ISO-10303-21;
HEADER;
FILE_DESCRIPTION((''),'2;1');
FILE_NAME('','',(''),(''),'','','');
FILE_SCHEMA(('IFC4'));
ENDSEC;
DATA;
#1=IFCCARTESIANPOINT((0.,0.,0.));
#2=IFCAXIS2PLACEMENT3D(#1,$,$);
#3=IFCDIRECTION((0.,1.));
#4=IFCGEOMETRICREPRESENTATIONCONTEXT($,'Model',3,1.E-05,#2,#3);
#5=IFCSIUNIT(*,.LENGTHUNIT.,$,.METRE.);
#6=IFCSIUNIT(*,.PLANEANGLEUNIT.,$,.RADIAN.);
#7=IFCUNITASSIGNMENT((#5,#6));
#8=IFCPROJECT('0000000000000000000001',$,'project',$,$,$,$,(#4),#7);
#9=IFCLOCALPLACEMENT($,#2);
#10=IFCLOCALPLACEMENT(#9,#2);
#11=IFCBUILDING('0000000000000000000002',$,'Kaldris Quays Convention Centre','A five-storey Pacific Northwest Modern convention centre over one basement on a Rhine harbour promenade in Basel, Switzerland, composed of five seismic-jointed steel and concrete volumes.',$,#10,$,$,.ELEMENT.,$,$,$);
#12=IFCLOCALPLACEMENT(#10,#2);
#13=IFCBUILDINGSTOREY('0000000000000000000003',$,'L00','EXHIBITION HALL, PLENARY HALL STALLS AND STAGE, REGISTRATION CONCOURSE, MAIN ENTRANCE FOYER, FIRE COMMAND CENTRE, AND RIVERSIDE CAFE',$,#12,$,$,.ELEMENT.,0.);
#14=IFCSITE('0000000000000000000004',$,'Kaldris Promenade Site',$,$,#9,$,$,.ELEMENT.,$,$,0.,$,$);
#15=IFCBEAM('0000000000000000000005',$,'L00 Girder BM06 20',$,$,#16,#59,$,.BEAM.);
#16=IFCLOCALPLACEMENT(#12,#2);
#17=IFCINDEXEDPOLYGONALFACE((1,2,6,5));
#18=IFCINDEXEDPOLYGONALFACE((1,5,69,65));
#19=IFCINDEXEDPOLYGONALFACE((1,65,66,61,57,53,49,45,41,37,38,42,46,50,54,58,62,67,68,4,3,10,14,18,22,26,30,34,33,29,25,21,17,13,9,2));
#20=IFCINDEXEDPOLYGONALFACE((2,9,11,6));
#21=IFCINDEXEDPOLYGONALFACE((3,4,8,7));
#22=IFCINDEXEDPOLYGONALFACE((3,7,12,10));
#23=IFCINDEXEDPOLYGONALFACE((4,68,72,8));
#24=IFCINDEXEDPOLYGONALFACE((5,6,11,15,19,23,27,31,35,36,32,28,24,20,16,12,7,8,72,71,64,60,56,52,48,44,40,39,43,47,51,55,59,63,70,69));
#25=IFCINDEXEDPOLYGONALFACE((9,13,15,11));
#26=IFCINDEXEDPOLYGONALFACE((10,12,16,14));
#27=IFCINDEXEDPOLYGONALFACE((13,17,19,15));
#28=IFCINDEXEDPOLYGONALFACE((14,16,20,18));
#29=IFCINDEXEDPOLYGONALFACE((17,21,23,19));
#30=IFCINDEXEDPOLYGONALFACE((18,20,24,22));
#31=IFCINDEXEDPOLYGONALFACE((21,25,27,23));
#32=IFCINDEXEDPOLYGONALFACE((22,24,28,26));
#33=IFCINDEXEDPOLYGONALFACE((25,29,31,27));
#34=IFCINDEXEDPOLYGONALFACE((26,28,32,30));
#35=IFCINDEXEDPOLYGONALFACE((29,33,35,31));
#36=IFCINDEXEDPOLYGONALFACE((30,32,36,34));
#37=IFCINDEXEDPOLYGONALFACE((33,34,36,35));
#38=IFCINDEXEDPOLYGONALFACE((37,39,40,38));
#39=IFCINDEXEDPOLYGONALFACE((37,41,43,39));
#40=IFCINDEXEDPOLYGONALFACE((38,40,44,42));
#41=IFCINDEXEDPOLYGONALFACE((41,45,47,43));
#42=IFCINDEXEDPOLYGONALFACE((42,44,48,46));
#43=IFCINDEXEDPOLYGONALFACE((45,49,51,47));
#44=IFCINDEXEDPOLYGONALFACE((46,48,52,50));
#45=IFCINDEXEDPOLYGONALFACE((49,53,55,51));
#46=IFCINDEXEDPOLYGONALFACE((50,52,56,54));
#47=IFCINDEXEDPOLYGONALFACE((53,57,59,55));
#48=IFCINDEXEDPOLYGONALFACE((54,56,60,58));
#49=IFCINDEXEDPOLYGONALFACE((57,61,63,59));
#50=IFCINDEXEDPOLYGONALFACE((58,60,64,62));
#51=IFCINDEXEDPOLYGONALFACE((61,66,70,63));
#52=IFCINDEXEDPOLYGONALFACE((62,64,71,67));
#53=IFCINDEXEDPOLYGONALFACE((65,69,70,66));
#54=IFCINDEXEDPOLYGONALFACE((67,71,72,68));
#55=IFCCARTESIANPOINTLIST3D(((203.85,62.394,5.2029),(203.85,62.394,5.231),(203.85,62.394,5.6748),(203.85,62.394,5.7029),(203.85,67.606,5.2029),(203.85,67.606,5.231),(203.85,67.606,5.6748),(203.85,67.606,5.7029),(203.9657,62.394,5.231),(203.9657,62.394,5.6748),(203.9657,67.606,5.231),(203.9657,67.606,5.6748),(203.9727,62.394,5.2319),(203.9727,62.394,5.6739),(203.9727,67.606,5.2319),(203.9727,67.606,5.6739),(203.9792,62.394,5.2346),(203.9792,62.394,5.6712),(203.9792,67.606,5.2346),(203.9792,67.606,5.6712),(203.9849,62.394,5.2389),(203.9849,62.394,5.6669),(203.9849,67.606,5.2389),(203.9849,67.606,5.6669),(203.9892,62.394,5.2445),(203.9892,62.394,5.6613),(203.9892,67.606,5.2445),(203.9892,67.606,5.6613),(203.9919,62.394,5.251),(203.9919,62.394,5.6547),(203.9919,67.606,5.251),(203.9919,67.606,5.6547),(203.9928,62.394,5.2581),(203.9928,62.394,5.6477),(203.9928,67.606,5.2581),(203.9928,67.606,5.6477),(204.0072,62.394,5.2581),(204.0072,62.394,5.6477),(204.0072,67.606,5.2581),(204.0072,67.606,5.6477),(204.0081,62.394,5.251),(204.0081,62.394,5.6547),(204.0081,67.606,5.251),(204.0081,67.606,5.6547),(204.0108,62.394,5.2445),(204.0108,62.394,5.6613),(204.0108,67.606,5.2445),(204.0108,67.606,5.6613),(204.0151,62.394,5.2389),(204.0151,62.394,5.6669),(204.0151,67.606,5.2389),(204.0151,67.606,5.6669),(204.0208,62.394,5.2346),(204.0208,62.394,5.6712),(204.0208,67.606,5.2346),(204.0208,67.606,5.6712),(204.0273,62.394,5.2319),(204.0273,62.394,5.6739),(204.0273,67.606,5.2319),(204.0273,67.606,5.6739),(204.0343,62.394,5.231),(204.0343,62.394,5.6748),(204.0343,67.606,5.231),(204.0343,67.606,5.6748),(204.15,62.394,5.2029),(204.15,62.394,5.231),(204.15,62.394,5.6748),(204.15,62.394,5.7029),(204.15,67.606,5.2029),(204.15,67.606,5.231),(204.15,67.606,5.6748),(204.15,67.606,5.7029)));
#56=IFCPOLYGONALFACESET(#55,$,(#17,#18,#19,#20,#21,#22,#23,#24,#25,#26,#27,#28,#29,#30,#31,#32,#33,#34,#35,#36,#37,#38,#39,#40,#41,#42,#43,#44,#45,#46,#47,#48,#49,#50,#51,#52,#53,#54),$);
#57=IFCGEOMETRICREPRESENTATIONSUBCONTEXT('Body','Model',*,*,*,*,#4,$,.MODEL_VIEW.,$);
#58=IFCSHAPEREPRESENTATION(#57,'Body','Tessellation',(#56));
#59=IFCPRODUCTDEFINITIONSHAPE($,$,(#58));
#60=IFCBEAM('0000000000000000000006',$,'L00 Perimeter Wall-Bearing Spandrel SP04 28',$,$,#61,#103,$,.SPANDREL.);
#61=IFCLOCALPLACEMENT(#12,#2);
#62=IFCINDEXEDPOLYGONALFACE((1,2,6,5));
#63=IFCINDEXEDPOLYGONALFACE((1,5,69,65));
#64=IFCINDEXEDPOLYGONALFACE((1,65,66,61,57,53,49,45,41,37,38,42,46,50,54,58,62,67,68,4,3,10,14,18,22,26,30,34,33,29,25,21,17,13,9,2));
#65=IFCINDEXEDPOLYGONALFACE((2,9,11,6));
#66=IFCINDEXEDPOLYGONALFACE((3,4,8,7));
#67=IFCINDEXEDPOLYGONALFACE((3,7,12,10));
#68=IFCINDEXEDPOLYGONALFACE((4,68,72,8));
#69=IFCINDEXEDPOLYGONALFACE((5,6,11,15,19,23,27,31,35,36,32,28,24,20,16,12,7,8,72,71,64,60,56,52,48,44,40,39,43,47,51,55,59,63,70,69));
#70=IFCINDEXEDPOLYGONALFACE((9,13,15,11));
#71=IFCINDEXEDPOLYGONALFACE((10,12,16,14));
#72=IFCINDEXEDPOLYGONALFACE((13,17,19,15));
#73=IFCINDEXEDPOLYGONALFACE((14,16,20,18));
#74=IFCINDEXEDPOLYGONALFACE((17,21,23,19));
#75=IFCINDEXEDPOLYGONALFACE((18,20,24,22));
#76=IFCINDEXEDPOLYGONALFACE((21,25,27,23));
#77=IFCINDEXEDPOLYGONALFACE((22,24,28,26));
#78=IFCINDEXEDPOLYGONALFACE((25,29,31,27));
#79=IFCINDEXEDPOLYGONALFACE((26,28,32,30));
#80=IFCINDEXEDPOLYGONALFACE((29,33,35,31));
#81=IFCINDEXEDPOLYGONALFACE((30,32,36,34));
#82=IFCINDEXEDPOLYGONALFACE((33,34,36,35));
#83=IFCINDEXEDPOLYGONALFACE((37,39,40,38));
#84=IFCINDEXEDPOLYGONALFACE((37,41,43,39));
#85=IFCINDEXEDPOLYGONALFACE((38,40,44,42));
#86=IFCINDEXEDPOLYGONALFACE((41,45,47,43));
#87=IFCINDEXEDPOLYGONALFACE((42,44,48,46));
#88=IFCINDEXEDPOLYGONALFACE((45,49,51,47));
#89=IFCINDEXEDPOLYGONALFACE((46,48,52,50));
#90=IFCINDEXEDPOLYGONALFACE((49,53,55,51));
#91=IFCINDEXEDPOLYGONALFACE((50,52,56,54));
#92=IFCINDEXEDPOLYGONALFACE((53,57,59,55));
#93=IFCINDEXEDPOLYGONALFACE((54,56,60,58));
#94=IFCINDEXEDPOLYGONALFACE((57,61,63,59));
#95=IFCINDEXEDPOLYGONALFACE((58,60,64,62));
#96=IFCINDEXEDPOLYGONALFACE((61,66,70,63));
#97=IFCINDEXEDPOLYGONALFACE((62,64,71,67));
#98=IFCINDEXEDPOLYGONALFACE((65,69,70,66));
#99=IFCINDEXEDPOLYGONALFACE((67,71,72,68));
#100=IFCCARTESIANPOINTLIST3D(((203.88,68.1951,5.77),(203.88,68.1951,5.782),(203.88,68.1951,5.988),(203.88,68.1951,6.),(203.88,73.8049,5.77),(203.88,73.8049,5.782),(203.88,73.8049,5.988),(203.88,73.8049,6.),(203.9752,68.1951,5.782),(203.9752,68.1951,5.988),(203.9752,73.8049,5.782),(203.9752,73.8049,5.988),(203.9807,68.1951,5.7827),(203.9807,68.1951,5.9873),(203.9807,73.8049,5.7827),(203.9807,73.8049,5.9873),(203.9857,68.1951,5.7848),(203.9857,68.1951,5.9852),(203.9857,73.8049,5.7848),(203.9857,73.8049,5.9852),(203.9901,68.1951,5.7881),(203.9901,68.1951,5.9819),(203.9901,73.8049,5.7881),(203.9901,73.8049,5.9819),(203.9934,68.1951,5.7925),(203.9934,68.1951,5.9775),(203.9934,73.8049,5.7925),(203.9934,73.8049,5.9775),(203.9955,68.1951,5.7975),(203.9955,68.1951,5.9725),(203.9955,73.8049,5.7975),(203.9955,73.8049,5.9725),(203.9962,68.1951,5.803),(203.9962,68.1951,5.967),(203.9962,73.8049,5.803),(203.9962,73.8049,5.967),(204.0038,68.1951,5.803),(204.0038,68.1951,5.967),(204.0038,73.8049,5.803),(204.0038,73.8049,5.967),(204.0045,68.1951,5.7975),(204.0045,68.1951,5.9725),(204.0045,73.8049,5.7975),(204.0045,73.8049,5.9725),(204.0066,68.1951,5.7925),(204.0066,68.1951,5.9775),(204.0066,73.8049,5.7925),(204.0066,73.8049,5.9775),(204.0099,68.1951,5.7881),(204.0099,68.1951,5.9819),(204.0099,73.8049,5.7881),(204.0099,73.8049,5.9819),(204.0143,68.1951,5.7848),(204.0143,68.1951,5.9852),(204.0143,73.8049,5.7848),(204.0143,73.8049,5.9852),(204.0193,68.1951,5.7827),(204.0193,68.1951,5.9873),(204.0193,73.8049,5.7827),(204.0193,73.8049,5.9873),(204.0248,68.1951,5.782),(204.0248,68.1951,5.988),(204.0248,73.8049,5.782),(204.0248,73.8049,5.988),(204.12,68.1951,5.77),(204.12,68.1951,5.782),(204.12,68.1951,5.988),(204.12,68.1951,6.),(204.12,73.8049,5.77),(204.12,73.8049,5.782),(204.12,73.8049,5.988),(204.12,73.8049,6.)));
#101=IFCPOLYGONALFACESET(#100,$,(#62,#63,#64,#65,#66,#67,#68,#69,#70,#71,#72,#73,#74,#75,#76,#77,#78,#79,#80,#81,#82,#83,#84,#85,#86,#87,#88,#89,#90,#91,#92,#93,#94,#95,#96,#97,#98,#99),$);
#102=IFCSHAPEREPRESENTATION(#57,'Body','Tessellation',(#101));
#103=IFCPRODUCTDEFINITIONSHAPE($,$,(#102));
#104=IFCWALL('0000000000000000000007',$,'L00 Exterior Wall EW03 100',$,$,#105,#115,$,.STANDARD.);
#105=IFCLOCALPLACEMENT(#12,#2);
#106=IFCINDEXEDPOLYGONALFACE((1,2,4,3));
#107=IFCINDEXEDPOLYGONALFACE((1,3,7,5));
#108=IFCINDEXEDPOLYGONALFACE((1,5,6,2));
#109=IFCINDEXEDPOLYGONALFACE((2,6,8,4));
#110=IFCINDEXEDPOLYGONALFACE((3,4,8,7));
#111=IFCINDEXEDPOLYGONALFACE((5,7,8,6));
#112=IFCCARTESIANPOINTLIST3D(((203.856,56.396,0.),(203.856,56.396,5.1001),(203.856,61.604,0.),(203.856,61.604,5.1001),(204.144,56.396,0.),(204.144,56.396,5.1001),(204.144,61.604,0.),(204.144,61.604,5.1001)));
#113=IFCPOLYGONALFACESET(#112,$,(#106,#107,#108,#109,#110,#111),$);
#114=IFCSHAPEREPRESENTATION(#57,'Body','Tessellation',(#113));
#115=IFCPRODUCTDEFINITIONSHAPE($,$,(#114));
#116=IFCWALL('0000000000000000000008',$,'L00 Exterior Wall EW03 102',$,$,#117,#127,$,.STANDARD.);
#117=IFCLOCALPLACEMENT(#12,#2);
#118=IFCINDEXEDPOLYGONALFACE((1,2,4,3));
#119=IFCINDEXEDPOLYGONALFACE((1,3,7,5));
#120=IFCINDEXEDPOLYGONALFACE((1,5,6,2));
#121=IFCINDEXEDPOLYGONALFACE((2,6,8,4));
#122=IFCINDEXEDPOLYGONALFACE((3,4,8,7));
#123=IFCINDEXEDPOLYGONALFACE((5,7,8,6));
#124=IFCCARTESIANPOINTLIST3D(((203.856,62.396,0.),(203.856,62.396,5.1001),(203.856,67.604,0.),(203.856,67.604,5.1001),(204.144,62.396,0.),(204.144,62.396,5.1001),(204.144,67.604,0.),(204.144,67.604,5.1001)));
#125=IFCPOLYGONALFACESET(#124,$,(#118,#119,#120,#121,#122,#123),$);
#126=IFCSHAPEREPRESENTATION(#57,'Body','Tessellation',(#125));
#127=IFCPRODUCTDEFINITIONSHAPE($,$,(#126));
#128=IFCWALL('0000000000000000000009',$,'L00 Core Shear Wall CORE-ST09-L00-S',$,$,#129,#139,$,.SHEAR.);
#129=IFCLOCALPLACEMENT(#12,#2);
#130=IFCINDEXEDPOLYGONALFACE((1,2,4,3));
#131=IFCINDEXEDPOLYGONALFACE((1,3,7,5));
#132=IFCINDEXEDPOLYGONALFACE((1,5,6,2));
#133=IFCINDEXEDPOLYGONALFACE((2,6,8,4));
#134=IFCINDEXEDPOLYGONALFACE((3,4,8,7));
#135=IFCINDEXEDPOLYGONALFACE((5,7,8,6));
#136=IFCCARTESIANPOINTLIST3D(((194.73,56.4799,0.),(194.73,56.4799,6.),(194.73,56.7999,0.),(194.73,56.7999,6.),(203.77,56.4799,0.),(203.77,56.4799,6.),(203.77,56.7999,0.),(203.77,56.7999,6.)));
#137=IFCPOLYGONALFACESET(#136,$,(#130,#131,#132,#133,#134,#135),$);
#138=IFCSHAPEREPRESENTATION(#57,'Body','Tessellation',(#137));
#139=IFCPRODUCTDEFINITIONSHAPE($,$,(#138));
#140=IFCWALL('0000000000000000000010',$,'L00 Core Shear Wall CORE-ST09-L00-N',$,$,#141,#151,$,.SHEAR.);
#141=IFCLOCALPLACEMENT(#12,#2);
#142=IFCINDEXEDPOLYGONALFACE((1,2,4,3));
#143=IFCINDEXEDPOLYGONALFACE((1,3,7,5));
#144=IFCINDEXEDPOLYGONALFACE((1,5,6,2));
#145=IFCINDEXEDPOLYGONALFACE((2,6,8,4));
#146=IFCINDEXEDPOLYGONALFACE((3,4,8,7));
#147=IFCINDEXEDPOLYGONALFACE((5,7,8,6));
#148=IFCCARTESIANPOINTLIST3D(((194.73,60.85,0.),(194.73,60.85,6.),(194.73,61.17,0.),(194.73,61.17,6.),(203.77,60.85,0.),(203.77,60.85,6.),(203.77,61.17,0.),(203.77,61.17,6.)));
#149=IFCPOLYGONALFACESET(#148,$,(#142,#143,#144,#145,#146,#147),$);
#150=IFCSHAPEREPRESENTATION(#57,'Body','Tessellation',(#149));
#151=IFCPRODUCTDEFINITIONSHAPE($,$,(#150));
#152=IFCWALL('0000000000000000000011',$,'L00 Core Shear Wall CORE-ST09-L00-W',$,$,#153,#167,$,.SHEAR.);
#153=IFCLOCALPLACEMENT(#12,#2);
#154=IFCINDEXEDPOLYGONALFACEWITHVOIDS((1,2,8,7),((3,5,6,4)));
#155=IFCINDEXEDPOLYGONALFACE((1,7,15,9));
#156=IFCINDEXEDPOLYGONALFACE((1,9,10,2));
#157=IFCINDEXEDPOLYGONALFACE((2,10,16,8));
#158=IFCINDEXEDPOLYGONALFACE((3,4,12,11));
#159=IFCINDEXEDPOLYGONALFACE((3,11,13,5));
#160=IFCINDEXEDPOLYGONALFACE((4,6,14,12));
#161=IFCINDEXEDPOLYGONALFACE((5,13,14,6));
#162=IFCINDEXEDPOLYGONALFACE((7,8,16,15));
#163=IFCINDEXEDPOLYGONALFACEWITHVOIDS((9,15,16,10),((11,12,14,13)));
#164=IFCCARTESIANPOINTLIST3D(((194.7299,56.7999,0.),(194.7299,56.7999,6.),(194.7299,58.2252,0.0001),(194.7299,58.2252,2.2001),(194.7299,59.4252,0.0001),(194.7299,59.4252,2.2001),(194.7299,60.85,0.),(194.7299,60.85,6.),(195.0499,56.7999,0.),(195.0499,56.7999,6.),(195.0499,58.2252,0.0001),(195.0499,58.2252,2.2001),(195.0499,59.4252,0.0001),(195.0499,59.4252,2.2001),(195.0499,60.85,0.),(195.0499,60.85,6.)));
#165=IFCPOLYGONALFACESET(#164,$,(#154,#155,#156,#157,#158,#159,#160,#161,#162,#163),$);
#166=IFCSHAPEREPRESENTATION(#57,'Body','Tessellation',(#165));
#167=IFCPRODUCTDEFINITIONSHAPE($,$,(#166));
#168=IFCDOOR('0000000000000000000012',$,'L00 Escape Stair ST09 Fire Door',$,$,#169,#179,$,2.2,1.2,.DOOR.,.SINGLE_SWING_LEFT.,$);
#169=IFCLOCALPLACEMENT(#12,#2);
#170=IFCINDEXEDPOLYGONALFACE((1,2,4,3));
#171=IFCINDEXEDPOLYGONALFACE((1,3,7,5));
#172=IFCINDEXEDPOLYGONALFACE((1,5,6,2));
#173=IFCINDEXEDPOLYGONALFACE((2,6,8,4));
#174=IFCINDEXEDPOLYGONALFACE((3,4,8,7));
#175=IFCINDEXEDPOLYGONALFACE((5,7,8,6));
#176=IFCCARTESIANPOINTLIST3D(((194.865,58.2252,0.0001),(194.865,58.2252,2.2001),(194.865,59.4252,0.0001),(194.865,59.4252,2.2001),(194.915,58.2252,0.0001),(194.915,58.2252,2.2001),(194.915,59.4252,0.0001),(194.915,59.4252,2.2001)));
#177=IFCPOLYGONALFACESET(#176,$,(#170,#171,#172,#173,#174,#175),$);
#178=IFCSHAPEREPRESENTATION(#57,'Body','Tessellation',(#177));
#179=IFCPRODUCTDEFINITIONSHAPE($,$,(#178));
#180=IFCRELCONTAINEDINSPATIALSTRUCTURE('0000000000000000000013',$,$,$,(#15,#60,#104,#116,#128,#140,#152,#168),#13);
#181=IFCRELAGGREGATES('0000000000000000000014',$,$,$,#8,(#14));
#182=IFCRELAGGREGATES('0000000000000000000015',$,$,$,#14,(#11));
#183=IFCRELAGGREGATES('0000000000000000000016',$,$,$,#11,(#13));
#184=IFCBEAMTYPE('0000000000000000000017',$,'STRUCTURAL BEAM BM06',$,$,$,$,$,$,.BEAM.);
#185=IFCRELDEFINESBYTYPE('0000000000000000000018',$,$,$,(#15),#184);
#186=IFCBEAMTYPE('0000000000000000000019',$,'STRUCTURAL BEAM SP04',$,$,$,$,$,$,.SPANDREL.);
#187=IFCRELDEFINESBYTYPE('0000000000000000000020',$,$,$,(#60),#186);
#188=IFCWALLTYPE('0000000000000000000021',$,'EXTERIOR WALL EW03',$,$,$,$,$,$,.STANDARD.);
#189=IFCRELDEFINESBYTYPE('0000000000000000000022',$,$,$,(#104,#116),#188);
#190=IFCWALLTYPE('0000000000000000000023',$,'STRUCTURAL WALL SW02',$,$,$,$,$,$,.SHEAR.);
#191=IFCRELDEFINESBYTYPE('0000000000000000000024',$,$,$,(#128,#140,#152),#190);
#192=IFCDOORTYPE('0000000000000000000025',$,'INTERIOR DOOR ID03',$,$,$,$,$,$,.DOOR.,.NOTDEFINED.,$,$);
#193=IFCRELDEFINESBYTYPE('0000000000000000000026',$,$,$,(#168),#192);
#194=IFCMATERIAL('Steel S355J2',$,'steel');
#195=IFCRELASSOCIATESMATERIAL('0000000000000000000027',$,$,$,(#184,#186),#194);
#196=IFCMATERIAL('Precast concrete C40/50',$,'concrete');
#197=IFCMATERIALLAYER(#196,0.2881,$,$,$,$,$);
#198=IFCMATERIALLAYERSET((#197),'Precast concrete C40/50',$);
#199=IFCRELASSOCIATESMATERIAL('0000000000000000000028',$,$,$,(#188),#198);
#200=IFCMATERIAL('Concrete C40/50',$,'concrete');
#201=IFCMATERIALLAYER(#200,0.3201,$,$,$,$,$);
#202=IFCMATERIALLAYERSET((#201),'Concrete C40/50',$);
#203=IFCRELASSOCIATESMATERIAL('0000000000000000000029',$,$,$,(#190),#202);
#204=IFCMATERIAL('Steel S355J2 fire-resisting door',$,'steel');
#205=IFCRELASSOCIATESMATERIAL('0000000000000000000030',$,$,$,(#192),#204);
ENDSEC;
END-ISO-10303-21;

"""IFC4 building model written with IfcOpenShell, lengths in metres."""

from ifc_helpers import new_model, si_unit, direction, frame, frame_2d, origin, origin_2d, place, context, subcontext, project, spatial, rectangle, i_section, extrude, material, layer, layer_set, material_profile, profile_set, type_object, element, fill, save


model = new_model("IFC4")

# Units and contexts
model_context = context("Model", 3, precision=1e-05, world=origin(), true_north=direction((0.0, 1.0)))
body_context = subcontext(model_context, "Body", "Model", "MODEL_VIEW")
ifc_project = project(units=[si_unit("LENGTHUNIT", "METRE"), si_unit("PLANEANGLEUNIT", "RADIAN")], contexts=[model_context])

# Site, building, storey
site_placement = place(None, origin())
site = spatial("IfcSite", under=ifc_project, at=site_placement, Name="Kaldris Promenade Site", CompositionType="ELEMENT", RefElevation=0.0)
building_placement = place(site_placement, origin())
building = spatial("IfcBuilding", under=site, at=building_placement, Name="Kaldris Quays Convention Centre", Description="A five-storey Pacific Northwest Modern convention centre over one basement on a Rhine harbour promenade in Basel, Switzerland, composed of five seismic-jointed steel and concrete volumes.", CompositionType="ELEMENT")
storey_placement = place(building_placement, origin())
storey = spatial("IfcBuildingStorey", under=building, at=storey_placement, Name="L00", Description="EXHIBITION HALL, PLENARY HALL STALLS AND STAGE, REGISTRATION CONCOURSE, MAIN ENTRANCE FOYER, FIRE COMMAND CENTRE, AND RIVERSIDE CAFE", CompositionType="ELEMENT", Elevation=0.0)

# Shared definitions
ifc_material_1 = material(Name="Steel S355J2", Category="steel")

# Beams
ifc_material_profile_1 = material_profile(ifc_material_1, i_section(OverallWidth=0.3, OverallDepth=0.5, WebThickness=0.0144, FlangeThickness=0.0281, FilletRadius=0.0271, at=origin_2d()), Name="HEB 500")
ifc_profile_set_1 = profile_set([ifc_material_profile_1], Name="Steel S355J2")
beam_type_1 = type_object("IfcBeamType", Name="STRUCTURAL BEAM BM06", PredefinedType="BEAM", material=ifc_profile_set_1)
for number, where, z_axis, x_axis, name in (
    (1, (204.0, 62.394, 5.4529), (0.0, 1.0, 0.0), (-1.0, 0.0, 0.0), "L00 Girder BM06 20"),
):
    element("IfcBeam", number, at=place(storey_placement, frame(where, z_axis=z_axis, x_axis=x_axis)), inside=storey, type_object=beam_type_1, Name=name, PredefinedType="BEAM", context=body_context, shape_type="SweptSolid", body=[
        extrude(i_section(OverallWidth=0.3, OverallDepth=0.5, WebThickness=0.0144, FlangeThickness=0.0281, FilletRadius=0.0271, at=origin_2d()), origin(), (0.0, 0.0, 1.0), 5.2119),
    ])
ifc_material_profile_2 = material_profile(ifc_material_1, i_section(OverallWidth=0.24, OverallDepth=0.23, WebThickness=0.0076, FlangeThickness=0.012, FilletRadius=0.021, at=origin_2d()), Name="HEA 240")
ifc_profile_set_2 = profile_set([ifc_material_profile_2], Name="Steel S355J2")
beam_type_2 = type_object("IfcBeamType", Name="STRUCTURAL BEAM SP04", PredefinedType="SPANDREL", material=ifc_profile_set_2)
beam_placement = place(storey_placement, frame((204.0, 68.1951, 5.885), z_axis=(0.0, 1.0, 0.0), x_axis=(-1.0, 0.0, 0.0)))
element("IfcBeam", 2, at=beam_placement, inside=storey, type_object=beam_type_2, Name="L00 Perimeter Wall-Bearing Spandrel SP04 28", PredefinedType="SPANDREL", context=body_context, shape_type="SweptSolid", body=[
    extrude(i_section(OverallWidth=0.24, OverallDepth=0.23, WebThickness=0.0076, FlangeThickness=0.012, FilletRadius=0.021, at=origin_2d()), origin(), (0.0, 0.0, 1.0), 5.6099),
])

# Walls
ifc_material_2 = material(Name="Precast concrete C40/50", Category="concrete")
ifc_layer_1 = layer(ifc_material_2, 0.2881)
ifc_layer_set_1 = layer_set([ifc_layer_1], Name="Precast concrete C40/50")
wall_type_1 = type_object("IfcWallType", Name="EXTERIOR WALL EW03", PredefinedType="STANDARD", material=ifc_layer_set_1)
for number, where, z_axis, x_axis, name in (
    (3, (204.0, 56.396, 0.0), (0.0, 0.0, 1.0), (0.0, 1.0, 0.0), "L00 Exterior Wall EW03 100"),
    (4, (204.0, 62.396, 0.0), (0.0, 0.0, 1.0), (0.0, 1.0, 0.0), "L00 Exterior Wall EW03 102"),
):
    element("IfcWall", number, at=place(storey_placement, frame(where, z_axis=z_axis, x_axis=x_axis)), inside=storey, type_object=wall_type_1, Name=name, PredefinedType="STANDARD", context=body_context, shape_type="SweptSolid", body=[
        extrude(rectangle(XDim=5.208, YDim=0.2881, at=frame_2d((2.604, 0.0))), origin(), (0.0, 0.0, 1.0), 5.1001),
    ])
ifc_material_3 = material(Name="Concrete C40/50", Category="concrete")
ifc_layer_2 = layer(ifc_material_3, 0.3201)
ifc_layer_set_2 = layer_set([ifc_layer_2], Name="Concrete C40/50")
wall_type_2 = type_object("IfcWallType", Name="STRUCTURAL WALL SW02", PredefinedType="SHEAR", material=ifc_layer_set_2)
for number, where, z_axis, x_axis, name in (
    (5, (194.73, 56.6399, 0.0), (0.0, 0.0, 1.0), (1.0, 0.0, 0.0), "L00 Core Shear Wall CORE-ST09-L00-S"),
    (6, (194.73, 61.01, 0.0), (0.0, 0.0, 1.0), (1.0, 0.0, 0.0), "L00 Core Shear Wall CORE-ST09-L00-N"),
):
    element("IfcWall", number, at=place(storey_placement, frame(where, z_axis=z_axis, x_axis=x_axis)), inside=storey, type_object=wall_type_2, Name=name, PredefinedType="SHEAR", context=body_context, shape_type="SweptSolid", body=[
        extrude(rectangle(XDim=9.04, YDim=0.3201, at=frame_2d((4.52, 0.0))), origin(), (0.0, 0.0, 1.0), 6.0),
    ])

# Wall, opening, door
wall_1_placement = place(storey_placement, frame((194.8899, 56.8, 0.0), z_axis=(0.0, 0.0, 1.0), x_axis=(0.0, 1.0, 0.0)))
wall_1 = element("IfcWall", 7, at=wall_1_placement, inside=storey, type_object=wall_type_2, Name="L00 Core Shear Wall CORE-ST09-L00-W", PredefinedType="SHEAR", context=body_context, shape_type="SweptSolid", body=[
    extrude(rectangle(XDim=4.05, YDim=0.3201, at=frame_2d((2.0249, 0.0))), origin(), (0.0, 0.0, 1.0), 6.0),
])
opening_1_placement = place(wall_1_placement, frame((1.425, 0.0, 0.0)))
opening_1 = element("IfcOpeningElement", 8, at=opening_1_placement, cuts=wall_1, PredefinedType="OPENING", context=body_context, shape_type="SweptSolid", body=[
    extrude(rectangle(XDim=1.2, YDim=2.2, at=frame_2d((0.6001, 1.1001))), frame((0.0, 0.1699, 0.0), z_axis=(0.0, -1.0, 0.0), x_axis=(1.0, 0.0, 0.0)), (0.0, 0.0, 1.0), 0.3401),
])
ifc_material_4 = material(Name="Steel S355J2 fire-resisting door", Category="steel")
door_type_1 = type_object("IfcDoorType", Name="INTERIOR DOOR ID03", OperationType="NOTDEFINED", PredefinedType="DOOR", material=ifc_material_4)
door_1_placement = place(opening_1_placement, origin())
door_1 = element("IfcDoor", 9, at=door_1_placement, inside=storey, type_object=door_type_1, Name="L00 Escape Stair ST09 Fire Door", OperationType="SINGLE_SWING_LEFT", OverallHeight=2.2, OverallWidth=1.2, PredefinedType="DOOR", context=body_context, shape_type="SweptSolid", body=[
    extrude(rectangle(XDim=1.2, YDim=2.2, at=frame_2d((0.6001, 1.1001))), frame((0.0, 0.0249, 0.0), z_axis=(0.0, -1.0, 0.0), x_axis=(1.0, 0.0, 0.0)), (0.0, 0.0, 1.0), 0.05),
])
fill(opening_1, door_1)

save(model, "model.ifc")
